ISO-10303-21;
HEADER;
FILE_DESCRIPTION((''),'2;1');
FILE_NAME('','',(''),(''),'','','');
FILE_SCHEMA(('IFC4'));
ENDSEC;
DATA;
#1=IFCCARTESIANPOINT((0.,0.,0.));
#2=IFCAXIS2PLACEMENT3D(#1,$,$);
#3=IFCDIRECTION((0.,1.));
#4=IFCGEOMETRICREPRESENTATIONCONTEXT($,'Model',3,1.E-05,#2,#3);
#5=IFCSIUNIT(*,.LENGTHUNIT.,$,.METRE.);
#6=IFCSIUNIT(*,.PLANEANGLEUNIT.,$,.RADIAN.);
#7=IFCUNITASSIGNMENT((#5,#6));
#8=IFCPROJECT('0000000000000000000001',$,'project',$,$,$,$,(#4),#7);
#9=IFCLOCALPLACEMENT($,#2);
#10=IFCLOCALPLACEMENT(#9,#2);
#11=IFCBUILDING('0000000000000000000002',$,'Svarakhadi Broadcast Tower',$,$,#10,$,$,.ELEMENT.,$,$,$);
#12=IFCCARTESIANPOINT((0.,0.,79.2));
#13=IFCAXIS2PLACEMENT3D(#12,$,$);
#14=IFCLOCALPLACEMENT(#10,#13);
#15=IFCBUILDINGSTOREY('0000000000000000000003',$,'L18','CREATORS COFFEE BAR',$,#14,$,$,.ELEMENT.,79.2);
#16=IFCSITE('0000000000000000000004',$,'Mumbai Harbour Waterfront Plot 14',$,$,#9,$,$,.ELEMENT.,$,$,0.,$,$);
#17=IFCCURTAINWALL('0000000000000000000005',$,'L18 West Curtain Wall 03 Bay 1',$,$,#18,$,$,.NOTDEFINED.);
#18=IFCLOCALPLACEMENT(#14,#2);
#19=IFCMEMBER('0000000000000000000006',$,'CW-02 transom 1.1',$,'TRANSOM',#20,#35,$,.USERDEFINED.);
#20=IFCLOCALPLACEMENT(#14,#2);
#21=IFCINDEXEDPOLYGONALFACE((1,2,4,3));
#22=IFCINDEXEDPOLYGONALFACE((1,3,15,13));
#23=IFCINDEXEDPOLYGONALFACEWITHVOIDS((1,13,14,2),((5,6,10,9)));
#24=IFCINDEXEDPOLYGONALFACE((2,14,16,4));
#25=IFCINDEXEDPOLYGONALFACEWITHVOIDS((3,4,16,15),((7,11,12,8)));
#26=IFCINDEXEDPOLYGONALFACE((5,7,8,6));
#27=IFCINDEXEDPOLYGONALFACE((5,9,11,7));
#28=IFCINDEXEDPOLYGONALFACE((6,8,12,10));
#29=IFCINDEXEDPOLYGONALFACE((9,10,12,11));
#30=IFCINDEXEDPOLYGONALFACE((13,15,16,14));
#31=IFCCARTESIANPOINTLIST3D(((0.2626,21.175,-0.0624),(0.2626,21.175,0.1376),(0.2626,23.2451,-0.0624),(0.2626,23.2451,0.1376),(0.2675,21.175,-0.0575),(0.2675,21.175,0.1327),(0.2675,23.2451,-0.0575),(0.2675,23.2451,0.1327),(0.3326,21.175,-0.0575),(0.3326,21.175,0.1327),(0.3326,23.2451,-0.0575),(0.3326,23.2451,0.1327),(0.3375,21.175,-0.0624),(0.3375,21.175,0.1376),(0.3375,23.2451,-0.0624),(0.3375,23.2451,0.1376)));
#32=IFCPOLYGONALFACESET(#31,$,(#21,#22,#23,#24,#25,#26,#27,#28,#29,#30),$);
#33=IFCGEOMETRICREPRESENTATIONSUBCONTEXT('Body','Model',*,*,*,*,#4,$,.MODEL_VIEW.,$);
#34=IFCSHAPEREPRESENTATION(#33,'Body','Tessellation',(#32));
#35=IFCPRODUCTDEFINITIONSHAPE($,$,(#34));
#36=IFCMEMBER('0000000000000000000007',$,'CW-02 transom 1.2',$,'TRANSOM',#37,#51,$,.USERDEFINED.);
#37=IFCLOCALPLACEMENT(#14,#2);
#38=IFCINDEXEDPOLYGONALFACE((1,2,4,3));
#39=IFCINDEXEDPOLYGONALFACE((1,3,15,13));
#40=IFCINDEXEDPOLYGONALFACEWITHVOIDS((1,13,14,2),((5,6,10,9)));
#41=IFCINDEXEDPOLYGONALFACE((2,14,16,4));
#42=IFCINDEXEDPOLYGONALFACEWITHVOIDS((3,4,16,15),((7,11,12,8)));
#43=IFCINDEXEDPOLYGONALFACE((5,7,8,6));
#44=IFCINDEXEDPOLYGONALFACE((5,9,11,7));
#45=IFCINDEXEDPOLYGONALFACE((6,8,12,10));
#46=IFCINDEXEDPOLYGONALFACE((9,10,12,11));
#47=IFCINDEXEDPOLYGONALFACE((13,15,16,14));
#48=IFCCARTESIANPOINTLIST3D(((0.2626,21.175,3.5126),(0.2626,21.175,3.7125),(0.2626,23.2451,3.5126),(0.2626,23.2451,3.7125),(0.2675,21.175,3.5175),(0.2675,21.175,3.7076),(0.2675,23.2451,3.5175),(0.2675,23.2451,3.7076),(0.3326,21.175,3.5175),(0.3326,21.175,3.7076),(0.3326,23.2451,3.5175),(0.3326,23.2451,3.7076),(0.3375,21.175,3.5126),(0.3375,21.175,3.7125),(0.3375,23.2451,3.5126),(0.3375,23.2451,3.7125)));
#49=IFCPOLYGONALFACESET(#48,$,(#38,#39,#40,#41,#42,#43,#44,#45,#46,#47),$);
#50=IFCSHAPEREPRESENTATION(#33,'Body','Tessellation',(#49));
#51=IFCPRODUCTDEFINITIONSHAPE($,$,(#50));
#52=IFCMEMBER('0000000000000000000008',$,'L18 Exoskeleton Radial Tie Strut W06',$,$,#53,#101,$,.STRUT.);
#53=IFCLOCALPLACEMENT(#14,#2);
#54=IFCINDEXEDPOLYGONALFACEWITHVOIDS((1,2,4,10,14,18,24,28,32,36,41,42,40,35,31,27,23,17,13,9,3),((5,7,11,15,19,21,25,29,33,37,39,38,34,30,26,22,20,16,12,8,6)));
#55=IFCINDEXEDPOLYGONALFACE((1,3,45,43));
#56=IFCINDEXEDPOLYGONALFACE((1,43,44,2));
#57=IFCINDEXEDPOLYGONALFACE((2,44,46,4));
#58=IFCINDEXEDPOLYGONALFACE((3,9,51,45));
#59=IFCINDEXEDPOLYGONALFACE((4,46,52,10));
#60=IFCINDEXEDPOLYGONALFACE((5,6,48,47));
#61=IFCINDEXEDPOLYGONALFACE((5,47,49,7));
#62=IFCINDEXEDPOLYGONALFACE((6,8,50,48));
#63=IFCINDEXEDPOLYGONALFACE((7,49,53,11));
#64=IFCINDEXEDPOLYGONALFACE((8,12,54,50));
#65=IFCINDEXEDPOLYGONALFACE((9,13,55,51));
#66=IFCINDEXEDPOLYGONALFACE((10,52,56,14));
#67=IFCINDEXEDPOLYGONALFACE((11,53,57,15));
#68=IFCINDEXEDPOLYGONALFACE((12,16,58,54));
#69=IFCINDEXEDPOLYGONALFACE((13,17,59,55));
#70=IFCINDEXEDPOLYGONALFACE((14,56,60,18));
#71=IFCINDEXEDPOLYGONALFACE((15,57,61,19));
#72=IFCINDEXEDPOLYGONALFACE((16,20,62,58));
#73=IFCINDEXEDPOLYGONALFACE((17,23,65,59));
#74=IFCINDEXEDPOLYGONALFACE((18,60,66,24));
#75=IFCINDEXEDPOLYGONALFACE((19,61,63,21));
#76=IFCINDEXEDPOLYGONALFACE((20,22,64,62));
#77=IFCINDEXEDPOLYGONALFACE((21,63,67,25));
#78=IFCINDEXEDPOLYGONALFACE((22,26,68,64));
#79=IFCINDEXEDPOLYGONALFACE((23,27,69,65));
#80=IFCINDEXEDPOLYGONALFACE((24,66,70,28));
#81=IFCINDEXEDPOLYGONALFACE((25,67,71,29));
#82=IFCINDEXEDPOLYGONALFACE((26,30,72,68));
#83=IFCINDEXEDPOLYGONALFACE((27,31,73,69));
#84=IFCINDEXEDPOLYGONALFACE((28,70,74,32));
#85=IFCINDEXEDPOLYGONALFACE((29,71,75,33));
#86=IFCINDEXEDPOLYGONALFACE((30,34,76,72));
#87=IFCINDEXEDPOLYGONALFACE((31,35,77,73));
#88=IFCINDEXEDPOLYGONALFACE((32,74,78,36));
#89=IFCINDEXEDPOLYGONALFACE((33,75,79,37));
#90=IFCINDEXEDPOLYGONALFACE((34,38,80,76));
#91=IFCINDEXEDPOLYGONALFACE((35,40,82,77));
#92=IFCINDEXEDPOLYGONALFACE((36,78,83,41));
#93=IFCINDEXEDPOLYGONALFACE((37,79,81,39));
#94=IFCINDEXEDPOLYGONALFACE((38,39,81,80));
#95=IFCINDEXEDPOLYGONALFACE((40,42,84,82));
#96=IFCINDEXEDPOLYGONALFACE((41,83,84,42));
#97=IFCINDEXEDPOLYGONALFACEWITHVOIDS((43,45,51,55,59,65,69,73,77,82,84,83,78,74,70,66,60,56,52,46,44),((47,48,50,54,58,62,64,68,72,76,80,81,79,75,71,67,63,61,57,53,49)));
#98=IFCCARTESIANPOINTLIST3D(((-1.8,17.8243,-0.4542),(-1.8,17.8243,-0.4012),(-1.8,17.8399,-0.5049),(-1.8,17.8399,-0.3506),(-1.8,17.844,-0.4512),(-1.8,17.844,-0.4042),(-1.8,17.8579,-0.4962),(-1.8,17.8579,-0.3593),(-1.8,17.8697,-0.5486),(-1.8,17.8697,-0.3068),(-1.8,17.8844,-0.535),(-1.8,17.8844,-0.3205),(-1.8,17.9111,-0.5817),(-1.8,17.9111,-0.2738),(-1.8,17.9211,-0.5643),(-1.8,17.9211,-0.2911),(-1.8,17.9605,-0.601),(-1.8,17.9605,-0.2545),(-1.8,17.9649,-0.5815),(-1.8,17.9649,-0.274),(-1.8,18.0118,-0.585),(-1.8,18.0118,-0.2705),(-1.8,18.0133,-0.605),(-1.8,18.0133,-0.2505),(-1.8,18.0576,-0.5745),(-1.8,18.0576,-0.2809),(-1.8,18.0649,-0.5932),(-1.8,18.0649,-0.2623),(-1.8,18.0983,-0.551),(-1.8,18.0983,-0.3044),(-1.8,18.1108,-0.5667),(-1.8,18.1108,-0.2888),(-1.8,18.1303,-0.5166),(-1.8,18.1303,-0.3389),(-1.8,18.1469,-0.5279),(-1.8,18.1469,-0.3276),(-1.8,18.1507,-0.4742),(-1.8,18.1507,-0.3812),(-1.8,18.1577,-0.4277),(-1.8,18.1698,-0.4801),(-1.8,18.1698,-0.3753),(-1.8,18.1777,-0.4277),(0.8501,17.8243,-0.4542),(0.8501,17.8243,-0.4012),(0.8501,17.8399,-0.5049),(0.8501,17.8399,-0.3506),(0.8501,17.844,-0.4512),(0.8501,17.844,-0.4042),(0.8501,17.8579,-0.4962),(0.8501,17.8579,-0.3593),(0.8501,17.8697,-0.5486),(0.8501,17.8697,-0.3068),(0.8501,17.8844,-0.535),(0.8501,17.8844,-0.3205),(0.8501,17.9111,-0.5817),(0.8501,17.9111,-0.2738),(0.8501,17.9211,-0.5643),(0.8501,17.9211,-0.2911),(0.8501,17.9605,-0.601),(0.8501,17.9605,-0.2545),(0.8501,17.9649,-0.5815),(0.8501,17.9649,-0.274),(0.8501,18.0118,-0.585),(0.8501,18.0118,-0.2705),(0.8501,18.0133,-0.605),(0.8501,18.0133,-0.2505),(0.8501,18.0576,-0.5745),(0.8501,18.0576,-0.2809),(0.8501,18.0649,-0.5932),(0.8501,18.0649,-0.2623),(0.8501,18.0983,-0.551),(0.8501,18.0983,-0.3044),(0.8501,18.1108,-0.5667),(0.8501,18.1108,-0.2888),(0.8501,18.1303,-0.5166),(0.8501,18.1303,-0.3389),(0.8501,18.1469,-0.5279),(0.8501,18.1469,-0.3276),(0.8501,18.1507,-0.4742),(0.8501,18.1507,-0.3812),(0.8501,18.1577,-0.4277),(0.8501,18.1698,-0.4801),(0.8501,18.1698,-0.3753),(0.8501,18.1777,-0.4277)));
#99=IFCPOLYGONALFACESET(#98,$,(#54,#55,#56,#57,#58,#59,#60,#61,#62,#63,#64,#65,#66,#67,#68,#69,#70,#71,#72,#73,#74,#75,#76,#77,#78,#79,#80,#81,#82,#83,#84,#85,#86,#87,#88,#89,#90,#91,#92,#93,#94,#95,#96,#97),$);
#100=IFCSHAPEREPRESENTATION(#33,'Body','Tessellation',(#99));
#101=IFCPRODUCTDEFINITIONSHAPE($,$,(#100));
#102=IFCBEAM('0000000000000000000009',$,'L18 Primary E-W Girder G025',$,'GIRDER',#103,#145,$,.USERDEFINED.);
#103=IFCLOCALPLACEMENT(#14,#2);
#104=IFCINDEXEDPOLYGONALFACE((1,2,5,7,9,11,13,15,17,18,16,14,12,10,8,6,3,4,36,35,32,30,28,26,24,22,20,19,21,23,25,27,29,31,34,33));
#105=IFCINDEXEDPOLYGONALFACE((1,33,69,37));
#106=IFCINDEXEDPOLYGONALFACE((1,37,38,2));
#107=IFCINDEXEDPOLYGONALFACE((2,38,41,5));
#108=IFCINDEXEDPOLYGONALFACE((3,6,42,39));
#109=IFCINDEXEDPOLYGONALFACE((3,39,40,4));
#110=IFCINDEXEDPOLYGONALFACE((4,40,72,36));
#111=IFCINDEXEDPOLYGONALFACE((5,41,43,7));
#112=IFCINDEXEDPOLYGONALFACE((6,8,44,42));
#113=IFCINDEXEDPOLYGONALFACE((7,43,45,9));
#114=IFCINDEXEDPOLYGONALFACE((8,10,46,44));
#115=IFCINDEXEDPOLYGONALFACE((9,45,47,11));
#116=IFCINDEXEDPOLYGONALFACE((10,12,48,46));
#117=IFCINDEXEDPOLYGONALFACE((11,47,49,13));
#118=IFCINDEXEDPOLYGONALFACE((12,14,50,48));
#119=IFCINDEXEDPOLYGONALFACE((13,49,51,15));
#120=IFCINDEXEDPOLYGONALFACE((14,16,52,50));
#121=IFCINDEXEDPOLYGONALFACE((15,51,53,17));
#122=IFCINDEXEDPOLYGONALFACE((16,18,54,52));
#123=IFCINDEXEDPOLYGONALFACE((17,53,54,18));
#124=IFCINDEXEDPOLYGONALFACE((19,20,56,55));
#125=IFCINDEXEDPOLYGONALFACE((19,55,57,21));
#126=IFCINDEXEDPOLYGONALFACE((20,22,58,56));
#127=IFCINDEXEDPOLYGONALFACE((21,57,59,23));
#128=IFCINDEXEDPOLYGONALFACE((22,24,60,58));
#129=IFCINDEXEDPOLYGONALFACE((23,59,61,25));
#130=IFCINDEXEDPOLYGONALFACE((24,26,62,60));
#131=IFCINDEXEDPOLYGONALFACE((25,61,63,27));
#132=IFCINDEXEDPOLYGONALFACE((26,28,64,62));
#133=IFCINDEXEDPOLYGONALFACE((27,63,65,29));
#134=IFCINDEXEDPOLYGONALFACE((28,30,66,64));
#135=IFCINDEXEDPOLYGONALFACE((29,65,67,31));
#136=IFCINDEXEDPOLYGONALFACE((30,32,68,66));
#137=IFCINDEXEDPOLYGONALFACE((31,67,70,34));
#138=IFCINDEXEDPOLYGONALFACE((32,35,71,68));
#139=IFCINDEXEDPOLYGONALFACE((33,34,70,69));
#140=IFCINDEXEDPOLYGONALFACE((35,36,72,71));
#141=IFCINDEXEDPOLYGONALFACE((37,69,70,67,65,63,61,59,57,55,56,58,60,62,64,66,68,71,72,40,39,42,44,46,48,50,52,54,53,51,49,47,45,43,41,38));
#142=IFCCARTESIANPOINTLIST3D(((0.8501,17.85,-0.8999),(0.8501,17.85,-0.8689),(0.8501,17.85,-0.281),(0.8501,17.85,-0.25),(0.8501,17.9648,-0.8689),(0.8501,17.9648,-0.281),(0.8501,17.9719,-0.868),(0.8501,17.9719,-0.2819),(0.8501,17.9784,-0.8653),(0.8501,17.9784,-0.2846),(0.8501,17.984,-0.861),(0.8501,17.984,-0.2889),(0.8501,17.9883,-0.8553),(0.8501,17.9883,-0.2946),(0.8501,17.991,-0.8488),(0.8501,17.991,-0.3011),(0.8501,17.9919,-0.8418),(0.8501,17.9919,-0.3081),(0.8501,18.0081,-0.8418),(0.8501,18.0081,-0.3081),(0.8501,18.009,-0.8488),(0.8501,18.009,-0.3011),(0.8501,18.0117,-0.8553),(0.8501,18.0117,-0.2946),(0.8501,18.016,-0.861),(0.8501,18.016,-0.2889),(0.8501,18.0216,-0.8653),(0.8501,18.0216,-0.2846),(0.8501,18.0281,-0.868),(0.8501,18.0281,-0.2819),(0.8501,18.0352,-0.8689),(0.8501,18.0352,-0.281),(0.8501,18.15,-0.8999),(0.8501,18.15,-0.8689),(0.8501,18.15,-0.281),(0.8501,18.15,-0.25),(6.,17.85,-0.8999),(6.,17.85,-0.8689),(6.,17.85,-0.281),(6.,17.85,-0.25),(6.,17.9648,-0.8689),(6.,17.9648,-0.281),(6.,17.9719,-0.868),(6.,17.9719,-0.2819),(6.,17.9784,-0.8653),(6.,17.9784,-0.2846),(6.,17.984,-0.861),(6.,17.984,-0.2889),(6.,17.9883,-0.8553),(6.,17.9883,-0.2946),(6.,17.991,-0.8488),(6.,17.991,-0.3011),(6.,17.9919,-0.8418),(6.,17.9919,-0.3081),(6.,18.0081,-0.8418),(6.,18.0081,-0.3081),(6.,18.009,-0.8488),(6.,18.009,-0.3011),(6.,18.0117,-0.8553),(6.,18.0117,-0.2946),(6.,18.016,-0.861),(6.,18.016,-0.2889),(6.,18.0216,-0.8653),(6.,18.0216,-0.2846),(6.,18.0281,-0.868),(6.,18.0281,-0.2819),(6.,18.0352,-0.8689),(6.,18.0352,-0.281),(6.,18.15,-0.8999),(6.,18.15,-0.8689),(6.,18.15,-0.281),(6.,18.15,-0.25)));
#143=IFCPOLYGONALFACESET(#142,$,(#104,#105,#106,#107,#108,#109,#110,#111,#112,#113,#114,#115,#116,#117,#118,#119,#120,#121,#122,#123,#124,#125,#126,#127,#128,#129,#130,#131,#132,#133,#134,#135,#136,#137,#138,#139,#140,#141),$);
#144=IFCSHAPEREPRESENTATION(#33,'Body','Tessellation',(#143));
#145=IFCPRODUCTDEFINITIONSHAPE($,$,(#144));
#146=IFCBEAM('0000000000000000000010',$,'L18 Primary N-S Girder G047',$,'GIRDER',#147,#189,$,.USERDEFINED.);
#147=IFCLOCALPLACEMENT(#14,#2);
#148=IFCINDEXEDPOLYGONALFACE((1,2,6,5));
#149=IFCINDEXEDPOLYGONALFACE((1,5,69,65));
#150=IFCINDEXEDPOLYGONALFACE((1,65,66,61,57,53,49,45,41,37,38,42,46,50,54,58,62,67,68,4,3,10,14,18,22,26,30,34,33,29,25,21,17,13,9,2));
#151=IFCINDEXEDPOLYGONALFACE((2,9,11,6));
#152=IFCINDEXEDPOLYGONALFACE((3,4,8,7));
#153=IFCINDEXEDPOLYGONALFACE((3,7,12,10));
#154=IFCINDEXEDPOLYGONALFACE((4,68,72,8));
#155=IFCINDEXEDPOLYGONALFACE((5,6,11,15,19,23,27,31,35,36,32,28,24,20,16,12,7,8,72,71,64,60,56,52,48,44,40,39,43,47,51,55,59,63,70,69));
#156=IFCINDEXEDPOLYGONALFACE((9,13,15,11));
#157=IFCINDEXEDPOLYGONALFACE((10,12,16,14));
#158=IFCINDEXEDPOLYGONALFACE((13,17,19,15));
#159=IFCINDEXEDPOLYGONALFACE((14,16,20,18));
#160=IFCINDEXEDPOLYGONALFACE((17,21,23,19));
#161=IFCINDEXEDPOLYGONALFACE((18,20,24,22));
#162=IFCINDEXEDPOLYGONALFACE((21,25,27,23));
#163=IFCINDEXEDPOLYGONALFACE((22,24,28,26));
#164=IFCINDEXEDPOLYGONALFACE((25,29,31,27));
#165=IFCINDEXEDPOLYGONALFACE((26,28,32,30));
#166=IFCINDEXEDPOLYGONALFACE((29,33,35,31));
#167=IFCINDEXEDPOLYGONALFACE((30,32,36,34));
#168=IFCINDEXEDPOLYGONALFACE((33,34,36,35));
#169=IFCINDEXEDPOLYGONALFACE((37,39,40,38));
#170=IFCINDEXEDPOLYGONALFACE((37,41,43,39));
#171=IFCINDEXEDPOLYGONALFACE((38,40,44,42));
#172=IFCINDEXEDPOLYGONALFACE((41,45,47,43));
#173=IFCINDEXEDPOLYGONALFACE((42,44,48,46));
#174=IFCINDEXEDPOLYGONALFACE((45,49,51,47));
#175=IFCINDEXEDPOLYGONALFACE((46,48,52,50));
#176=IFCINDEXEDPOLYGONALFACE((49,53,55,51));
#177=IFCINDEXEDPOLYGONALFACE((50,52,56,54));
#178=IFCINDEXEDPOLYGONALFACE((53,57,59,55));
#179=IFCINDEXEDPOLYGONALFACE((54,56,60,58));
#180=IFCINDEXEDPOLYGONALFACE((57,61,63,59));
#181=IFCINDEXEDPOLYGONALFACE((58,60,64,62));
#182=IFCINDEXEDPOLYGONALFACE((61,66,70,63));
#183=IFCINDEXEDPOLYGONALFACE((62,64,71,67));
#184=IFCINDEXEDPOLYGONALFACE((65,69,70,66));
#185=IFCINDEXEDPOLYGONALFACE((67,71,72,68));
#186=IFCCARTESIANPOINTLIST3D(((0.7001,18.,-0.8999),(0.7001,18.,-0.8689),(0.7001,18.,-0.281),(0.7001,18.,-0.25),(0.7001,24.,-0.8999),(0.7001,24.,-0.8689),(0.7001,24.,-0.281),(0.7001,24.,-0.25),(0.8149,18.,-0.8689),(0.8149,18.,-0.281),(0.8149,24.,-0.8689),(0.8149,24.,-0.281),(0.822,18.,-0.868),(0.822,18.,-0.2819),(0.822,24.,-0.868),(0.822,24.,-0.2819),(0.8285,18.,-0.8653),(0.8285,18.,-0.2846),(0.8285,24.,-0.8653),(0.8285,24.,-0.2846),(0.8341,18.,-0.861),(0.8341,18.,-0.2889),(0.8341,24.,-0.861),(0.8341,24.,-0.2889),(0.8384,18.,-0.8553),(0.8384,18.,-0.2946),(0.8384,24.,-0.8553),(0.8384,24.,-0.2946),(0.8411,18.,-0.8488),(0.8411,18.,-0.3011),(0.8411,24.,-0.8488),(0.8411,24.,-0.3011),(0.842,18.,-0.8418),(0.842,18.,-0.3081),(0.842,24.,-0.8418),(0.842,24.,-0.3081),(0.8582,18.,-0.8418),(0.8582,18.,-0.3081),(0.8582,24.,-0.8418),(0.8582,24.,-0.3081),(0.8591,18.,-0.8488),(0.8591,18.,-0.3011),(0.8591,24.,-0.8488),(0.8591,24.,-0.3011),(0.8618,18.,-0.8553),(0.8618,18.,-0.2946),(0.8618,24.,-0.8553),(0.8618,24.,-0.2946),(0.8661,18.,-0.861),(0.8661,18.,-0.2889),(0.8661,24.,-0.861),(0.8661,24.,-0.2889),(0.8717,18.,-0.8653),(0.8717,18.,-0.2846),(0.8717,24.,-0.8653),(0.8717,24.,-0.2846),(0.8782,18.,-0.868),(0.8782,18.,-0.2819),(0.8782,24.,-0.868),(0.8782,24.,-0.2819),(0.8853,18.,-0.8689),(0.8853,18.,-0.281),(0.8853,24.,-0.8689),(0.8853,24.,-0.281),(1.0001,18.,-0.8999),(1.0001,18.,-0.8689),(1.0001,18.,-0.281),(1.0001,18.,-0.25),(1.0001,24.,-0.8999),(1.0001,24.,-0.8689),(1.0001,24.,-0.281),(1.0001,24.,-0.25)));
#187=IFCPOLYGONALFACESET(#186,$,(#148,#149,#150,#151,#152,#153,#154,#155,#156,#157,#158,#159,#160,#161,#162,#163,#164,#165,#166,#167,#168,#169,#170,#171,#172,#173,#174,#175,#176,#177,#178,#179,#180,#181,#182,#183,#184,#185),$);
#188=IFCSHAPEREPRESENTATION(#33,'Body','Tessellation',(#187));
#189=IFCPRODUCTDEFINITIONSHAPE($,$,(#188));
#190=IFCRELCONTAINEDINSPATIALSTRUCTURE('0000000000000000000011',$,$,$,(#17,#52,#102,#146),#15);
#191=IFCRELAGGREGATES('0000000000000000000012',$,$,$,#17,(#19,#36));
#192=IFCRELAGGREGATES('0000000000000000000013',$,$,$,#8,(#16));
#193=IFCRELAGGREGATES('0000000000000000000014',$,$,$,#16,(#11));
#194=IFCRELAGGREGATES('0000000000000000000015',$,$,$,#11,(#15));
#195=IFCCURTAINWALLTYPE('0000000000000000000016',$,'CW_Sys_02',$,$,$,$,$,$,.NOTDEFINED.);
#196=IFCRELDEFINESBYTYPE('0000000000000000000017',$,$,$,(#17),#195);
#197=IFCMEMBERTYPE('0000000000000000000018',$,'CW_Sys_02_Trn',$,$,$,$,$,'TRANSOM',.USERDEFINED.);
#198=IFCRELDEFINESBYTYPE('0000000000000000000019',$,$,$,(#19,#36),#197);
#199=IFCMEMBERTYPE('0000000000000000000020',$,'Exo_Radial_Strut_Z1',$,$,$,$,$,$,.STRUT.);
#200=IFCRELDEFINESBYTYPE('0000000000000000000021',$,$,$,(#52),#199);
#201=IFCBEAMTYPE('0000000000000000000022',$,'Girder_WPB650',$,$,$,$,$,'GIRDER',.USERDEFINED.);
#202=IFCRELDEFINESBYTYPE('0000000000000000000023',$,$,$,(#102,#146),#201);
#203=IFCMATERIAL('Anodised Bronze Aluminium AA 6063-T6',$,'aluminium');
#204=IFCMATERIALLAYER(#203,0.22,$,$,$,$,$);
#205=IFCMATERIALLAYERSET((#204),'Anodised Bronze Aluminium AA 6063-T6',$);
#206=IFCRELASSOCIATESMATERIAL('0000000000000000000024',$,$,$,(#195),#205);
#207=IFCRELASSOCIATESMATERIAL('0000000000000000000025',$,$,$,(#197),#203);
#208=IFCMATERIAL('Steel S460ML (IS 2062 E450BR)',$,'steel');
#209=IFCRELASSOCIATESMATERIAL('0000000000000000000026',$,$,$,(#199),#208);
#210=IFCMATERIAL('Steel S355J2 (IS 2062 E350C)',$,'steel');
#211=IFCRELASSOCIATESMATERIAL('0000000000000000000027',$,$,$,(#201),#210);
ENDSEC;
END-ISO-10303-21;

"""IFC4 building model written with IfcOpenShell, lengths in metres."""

from ifc_helpers import new_model, si_unit, direction, frame, origin, origin_2d, place, context, subcontext, project, spatial, hollow_rectangle, hollow_circle, i_section, extrude, material, layer, layer_set, material_profile, profile_set, type_object, element, aggregate, save


model = new_model("IFC4")

# Units and contexts
model_context = context("Model", 3, precision=1e-05, world=origin(), true_north=direction((0.0, 1.0)))
body_context = subcontext(model_context, "Body", "Model", "MODEL_VIEW")
ifc_project = project(units=[si_unit("LENGTHUNIT", "METRE"), si_unit("PLANEANGLEUNIT", "RADIAN")], contexts=[model_context])

# Site, building, storey
site_placement = place(None, origin())
site = spatial("IfcSite", under=ifc_project, at=site_placement, Name="Mumbai Harbour Waterfront Plot 14", CompositionType="ELEMENT", RefElevation=0.0)
building_placement = place(site_placement, origin())
building = spatial("IfcBuilding", under=site, at=building_placement, Name="Svarakhadi Broadcast Tower", CompositionType="ELEMENT")
storey_placement = place(building_placement, frame((0.0, 0.0, 79.2)))
storey = spatial("IfcBuildingStorey", under=building, at=storey_placement, Name="L18", Description="CREATORS COFFEE BAR", CompositionType="ELEMENT", Elevation=79.2)

# Shared definitions
ifc_material_1 = material(Name="Steel S460ML (IS 2062 E450BR)", Category="steel")

# Shared definitions
ifc_material_2 = material(Name="Steel S355J2 (IS 2062 E350C)", Category="steel")

# Curtain wall, members
ifc_material_3 = material(Name="Anodised Bronze Aluminium AA 6063-T6", Category="aluminium")
ifc_layer_1 = layer(ifc_material_3, 0.22)
ifc_layer_set_1 = layer_set([ifc_layer_1], Name="Anodised Bronze Aluminium AA 6063-T6")
curtain_wall_type = type_object("IfcCurtainWallType", Name="CW_Sys_02", PredefinedType="NOTDEFINED", material=ifc_layer_set_1)
curtain_wall_placement = place(storey_placement, origin())
curtain_wall = element("IfcCurtainWall", 1, at=curtain_wall_placement, inside=storey, type_object=curtain_wall_type, Name="L18 West Curtain Wall 03 Bay 1", PredefinedType="NOTDEFINED")
ifc_material_profile_1 = material_profile(ifc_material_3, hollow_rectangle(XDim=0.075, YDim=0.2, WallThickness=0.0049, at=origin_2d()), Name="ALU TRANSOM 200x75x5")
ifc_profile_set_1 = profile_set([ifc_material_profile_1], Name="Anodised Bronze Aluminium AA 6063-T6")
member_type_1 = type_object("IfcMemberType", Name="CW_Sys_02_Trn", ElementType="TRANSOM", PredefinedType="USERDEFINED", material=ifc_profile_set_1)
member_1_placement = place(storey_placement, frame((0.3, 21.175, 0.0376), z_axis=(0.0, 1.0, 0.0), x_axis=(-1.0, 0.0, 0.0)))
member_1 = element("IfcMember", 2, at=member_1_placement, type_object=member_type_1, Name="CW-02 transom 1.1", ObjectType="TRANSOM", PredefinedType="USERDEFINED", context=body_context, shape_type="SweptSolid", body=[
    extrude(hollow_rectangle(XDim=0.075, YDim=0.2, WallThickness=0.0049, at=origin_2d()), origin(), (0.0, 0.0, 1.0), 2.0701),
])
member_2_placement = place(storey_placement, frame((0.3, 21.175, 3.6125), z_axis=(0.0, 1.0, 0.0), x_axis=(-1.0, 0.0, 0.0)))
member_2 = element("IfcMember", 3, at=member_2_placement, type_object=member_type_1, Name="CW-02 transom 1.2", ObjectType="TRANSOM", PredefinedType="USERDEFINED", context=body_context, shape_type="SweptSolid", body=[
    extrude(hollow_rectangle(XDim=0.075, YDim=0.2, WallThickness=0.0049, at=origin_2d()), origin(), (0.0, 0.0, 1.0), 2.0701),
])

# Member
ifc_material_profile_2 = material_profile(ifc_material_1, hollow_circle(Radius=0.1777, WallThickness=0.02, at=origin_2d()), Name="CHS 355.6x20")
ifc_profile_set_2 = profile_set([ifc_material_profile_2], Name="Steel S460ML (IS 2062 E450BR)")
member_type_2 = type_object("IfcMemberType", Name="Exo_Radial_Strut_Z1", PredefinedType="STRUT", material=ifc_profile_set_2)
member_3_placement = place(storey_placement, frame((-1.8, 18.0, -0.4277), z_axis=(1.0, 0.0, 0.0), x_axis=(0.0, 1.0, 0.0)))
element("IfcMember", 4, at=member_3_placement, inside=storey, type_object=member_type_2, Name="L18 Exoskeleton Radial Tie Strut W06", PredefinedType="STRUT", context=body_context, shape_type="SweptSolid", body=[
    extrude(hollow_circle(Radius=0.1777, WallThickness=0.02, at=origin_2d()), origin(), (0.0, 0.0, 1.0), 2.6501),
])

# Beams
ifc_material_profile_3 = material_profile(ifc_material_2, i_section(OverallWidth=0.3, OverallDepth=0.6499, WebThickness=0.0161, FlangeThickness=0.031, FilletRadius=0.0271, at=origin_2d()), Name="WPB 650x300x225")
ifc_profile_set_3 = profile_set([ifc_material_profile_3], Name="Steel S355J2 (IS 2062 E350C)")
beam_type_1 = type_object("IfcBeamType", Name="Girder_WPB650", ElementType="GIRDER", PredefinedType="USERDEFINED", material=ifc_profile_set_3)
beam_1_placement = place(storey_placement, frame((0.8501, 18.0, -0.575), z_axis=(1.0, 0.0, 0.0), x_axis=(0.0, 1.0, 0.0)))
element("IfcBeam", 5, at=beam_1_placement, inside=storey, type_object=beam_type_1, Name="L18 Primary E-W Girder G025", ObjectType="GIRDER", PredefinedType="USERDEFINED", context=body_context, shape_type="SweptSolid", body=[
    extrude(i_section(OverallWidth=0.3, OverallDepth=0.6499, WebThickness=0.0161, FlangeThickness=0.031, FilletRadius=0.0271, at=origin_2d()), origin(), (0.0, 0.0, 1.0), 5.1499),
])
beam_2_placement = place(storey_placement, frame((0.8501, 18.0, -0.575), z_axis=(0.0, 1.0, 0.0), x_axis=(-1.0, 0.0, 0.0)))
element("IfcBeam", 6, at=beam_2_placement, inside=storey, type_object=beam_type_1, Name="L18 Primary N-S Girder G047", ObjectType="GIRDER", PredefinedType="USERDEFINED", context=body_context, shape_type="SweptSolid", body=[
    extrude(i_section(OverallWidth=0.3, OverallDepth=0.6499, WebThickness=0.0161, FlangeThickness=0.031, FilletRadius=0.0271, at=origin_2d()), origin(), (0.0, 0.0, 1.0), 6.0),
])

aggregate(curtain_wall, [member_1, member_2])

save(model, "model.ifc")
